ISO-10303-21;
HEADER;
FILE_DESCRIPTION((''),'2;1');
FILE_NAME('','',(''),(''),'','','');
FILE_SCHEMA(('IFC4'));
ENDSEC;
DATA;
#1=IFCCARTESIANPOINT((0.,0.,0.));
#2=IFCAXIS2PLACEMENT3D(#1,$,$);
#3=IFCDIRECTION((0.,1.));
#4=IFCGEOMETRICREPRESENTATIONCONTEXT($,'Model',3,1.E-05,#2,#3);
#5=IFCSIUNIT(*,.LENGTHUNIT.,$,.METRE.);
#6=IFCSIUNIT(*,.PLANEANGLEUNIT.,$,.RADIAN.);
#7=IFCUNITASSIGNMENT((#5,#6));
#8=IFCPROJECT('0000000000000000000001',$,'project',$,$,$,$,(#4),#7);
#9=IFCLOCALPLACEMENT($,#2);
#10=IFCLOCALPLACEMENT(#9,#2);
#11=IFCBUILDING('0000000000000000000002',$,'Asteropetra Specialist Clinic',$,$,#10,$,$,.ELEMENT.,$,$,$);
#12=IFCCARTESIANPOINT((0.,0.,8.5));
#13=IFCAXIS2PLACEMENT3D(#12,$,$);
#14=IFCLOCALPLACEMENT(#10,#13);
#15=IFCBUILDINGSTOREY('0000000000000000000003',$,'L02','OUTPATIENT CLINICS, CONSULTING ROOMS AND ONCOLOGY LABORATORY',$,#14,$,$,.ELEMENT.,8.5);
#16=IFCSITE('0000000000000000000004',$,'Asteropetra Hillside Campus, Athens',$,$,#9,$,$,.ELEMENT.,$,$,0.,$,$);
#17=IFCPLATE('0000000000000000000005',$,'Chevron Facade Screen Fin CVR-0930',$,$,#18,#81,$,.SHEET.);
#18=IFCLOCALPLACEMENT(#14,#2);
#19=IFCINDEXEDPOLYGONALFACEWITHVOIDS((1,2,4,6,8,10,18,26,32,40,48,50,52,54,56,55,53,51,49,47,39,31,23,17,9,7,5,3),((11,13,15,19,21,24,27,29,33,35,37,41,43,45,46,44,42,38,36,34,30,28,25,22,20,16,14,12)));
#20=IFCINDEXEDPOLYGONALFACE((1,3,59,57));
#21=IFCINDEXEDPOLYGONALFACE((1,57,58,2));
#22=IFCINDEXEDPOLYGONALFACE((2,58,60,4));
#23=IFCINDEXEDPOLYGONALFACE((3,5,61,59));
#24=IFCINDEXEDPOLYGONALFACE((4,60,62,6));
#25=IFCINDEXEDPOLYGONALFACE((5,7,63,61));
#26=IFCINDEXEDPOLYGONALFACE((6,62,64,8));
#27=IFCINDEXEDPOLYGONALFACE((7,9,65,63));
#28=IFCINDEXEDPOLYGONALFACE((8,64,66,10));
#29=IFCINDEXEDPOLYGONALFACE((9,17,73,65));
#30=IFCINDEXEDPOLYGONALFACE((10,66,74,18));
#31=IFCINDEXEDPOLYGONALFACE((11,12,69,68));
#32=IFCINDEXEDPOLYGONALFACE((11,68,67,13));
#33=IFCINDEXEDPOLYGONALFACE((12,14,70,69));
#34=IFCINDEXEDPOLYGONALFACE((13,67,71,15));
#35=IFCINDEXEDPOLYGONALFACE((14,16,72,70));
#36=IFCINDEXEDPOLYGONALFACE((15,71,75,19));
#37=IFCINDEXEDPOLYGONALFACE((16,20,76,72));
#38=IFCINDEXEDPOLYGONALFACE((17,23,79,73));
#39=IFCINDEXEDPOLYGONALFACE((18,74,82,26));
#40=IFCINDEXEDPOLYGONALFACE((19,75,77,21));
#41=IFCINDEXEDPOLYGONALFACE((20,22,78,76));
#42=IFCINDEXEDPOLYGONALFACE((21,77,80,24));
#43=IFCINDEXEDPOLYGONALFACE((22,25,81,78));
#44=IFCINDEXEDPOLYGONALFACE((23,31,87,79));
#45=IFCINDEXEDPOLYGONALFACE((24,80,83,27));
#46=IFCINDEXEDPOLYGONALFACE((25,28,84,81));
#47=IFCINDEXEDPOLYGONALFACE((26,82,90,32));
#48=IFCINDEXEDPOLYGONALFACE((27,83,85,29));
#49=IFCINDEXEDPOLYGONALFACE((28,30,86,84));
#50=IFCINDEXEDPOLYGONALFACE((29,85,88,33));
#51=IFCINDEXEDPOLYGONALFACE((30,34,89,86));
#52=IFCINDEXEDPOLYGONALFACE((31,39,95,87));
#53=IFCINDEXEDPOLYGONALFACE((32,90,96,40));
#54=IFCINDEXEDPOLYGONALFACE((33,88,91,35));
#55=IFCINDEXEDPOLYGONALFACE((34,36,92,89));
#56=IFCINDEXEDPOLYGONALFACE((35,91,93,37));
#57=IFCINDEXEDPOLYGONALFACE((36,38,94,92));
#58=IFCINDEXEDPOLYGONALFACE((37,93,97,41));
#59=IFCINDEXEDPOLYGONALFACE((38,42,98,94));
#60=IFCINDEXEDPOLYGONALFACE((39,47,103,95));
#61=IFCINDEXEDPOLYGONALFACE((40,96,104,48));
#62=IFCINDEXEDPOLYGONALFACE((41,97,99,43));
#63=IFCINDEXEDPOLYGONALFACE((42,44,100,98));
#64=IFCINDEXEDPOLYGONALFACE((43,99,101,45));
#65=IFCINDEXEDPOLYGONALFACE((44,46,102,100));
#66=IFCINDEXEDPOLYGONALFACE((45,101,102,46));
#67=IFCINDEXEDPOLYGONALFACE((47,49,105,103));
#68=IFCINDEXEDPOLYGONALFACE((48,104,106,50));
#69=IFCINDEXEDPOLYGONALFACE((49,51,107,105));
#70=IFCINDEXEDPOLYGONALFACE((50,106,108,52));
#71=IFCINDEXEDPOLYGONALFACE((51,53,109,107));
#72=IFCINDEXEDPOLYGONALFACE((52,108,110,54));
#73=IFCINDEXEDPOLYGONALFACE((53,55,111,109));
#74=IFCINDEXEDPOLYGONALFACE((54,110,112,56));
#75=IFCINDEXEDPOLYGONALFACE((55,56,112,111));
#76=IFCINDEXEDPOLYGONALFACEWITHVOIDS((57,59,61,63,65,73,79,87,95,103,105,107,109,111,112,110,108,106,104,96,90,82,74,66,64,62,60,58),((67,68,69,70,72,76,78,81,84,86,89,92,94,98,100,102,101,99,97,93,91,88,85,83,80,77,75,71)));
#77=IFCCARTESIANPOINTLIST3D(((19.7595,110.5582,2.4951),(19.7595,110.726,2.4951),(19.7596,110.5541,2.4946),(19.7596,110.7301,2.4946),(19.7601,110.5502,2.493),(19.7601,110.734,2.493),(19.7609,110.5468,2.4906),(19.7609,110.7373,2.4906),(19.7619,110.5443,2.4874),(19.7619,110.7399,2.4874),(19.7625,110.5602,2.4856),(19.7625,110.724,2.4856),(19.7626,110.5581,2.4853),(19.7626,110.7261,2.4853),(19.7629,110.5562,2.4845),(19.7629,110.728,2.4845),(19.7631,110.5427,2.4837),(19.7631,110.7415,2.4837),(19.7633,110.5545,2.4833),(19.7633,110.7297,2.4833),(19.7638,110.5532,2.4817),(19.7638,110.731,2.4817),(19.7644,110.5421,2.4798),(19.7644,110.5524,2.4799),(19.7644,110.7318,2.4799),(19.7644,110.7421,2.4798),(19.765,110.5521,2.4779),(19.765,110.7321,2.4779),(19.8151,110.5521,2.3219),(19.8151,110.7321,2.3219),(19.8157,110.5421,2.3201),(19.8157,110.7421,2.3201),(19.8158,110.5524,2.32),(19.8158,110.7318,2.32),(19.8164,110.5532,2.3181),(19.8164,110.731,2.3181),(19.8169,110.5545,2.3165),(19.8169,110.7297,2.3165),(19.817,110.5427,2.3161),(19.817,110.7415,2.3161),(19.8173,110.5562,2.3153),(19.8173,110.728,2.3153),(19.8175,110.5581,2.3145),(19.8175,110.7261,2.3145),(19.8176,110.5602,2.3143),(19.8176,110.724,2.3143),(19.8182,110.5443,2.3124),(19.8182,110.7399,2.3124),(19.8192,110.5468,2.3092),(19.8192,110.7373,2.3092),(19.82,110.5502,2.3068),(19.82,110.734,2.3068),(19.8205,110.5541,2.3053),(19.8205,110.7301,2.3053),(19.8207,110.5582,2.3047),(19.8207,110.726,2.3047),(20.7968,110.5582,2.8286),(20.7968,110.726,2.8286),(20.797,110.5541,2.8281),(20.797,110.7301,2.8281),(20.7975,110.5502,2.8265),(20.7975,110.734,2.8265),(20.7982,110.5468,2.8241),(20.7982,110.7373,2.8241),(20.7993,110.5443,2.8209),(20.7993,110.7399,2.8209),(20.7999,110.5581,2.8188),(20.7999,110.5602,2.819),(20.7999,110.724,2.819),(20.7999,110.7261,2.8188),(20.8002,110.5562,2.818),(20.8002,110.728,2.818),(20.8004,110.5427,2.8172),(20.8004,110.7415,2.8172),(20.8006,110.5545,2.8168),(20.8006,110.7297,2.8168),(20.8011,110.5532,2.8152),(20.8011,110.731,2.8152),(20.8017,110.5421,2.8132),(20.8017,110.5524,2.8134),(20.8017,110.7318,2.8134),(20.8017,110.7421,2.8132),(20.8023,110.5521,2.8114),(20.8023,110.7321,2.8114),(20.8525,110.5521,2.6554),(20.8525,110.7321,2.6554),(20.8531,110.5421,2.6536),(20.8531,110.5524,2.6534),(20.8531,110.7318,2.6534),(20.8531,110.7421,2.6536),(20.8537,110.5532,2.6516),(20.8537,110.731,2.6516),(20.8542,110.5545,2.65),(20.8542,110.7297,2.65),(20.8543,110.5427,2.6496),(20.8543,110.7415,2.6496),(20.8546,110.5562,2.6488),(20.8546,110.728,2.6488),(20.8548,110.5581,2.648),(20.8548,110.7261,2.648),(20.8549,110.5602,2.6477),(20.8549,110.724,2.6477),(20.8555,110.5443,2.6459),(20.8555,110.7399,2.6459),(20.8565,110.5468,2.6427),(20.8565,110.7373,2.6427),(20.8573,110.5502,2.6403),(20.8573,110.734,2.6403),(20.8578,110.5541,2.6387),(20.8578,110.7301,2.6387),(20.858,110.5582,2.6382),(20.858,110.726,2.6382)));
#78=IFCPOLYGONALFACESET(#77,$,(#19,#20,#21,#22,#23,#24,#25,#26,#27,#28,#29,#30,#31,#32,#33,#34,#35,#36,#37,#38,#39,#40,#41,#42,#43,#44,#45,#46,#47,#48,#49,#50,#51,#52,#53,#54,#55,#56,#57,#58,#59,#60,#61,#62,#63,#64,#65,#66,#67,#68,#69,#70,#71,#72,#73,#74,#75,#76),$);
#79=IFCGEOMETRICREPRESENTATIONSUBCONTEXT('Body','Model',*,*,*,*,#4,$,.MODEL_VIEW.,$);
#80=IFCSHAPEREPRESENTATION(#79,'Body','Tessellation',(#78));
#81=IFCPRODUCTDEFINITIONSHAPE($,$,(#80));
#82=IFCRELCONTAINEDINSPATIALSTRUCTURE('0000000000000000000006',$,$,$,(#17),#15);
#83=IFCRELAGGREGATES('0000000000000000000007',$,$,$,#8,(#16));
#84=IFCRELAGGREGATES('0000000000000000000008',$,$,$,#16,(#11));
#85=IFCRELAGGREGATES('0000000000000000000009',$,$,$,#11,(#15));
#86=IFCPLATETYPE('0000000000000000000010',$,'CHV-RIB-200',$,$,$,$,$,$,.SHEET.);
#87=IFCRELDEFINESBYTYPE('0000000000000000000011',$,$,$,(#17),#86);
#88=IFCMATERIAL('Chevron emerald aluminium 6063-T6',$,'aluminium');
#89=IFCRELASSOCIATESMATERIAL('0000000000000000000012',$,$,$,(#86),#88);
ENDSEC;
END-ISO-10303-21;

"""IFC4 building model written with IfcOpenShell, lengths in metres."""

from ifc_helpers import new_model, si_unit, direction, frame, origin, origin_2d, place, context, subcontext, project, spatial, hollow_rectangle, extrude, material, material_profile, profile_set, type_object, element, save


model = new_model("IFC4")

# Units and contexts
model_context = context("Model", 3, precision=1e-05, world=origin(), true_north=direction((0.0, 1.0)))
body_context = subcontext(model_context, "Body", "Model", "MODEL_VIEW")
ifc_project = project(units=[si_unit("LENGTHUNIT", "METRE"), si_unit("PLANEANGLEUNIT", "RADIAN")], contexts=[model_context])

# Site, building, storey
site_placement = place(None, origin())
site = spatial("IfcSite", under=ifc_project, at=site_placement, Name="Asteropetra Hillside Campus, Athens", CompositionType="ELEMENT", RefElevation=0.0)
building_placement = place(site_placement, origin())
building = spatial("IfcBuilding", under=site, at=building_placement, Name="Asteropetra Specialist Clinic", CompositionType="ELEMENT")
storey_placement = place(building_placement, frame((0.0, 0.0, 8.5)))
storey = spatial("IfcBuildingStorey", under=building, at=storey_placement, Name="L02", Description="OUTPATIENT CLINICS, CONSULTING ROOMS AND ONCOLOGY LABORATORY", CompositionType="ELEMENT", Elevation=8.5)

# Plate
ifc_material = material(Name="Chevron emerald aluminium 6063-T6", Category="aluminium")
ifc_material_profile = material_profile(ifc_material, hollow_rectangle(XDim=0.2, YDim=0.2, WallThickness=0.01, InnerFilletRadius=0.0081, OuterFilletRadius=0.0161, at=origin_2d()), Name="SHS 200x200x10.0")
ifc_profile_set = profile_set([ifc_material_profile], Name="Chevron emerald aluminium 6063-T6")
plate_type = type_object("IfcPlateType", Name="CHV-RIB-200", PredefinedType="SHEET", material=ifc_profile_set)
plate_1_placement = place(storey_placement, frame((20.8274, 110.6421, 2.7334), z_axis=(-0.952012, 0.0, -0.30606), x_axis=(0.0, -1.0, 0.0)))
element("IfcPlate", 1, at=plate_1_placement, inside=storey, type_object=plate_type, Name="Chevron Facade Screen Fin CVR-0930", PredefinedType="SHEET", context=body_context, shape_type="SweptSolid", body=[
    extrude(hollow_rectangle(XDim=0.2, YDim=0.2, WallThickness=0.01, InnerFilletRadius=0.0081, OuterFilletRadius=0.0161, at=origin_2d()), origin(), (0.0, 0.0, 1.0), 1.0896),
])

save(model, "model.ifc")
